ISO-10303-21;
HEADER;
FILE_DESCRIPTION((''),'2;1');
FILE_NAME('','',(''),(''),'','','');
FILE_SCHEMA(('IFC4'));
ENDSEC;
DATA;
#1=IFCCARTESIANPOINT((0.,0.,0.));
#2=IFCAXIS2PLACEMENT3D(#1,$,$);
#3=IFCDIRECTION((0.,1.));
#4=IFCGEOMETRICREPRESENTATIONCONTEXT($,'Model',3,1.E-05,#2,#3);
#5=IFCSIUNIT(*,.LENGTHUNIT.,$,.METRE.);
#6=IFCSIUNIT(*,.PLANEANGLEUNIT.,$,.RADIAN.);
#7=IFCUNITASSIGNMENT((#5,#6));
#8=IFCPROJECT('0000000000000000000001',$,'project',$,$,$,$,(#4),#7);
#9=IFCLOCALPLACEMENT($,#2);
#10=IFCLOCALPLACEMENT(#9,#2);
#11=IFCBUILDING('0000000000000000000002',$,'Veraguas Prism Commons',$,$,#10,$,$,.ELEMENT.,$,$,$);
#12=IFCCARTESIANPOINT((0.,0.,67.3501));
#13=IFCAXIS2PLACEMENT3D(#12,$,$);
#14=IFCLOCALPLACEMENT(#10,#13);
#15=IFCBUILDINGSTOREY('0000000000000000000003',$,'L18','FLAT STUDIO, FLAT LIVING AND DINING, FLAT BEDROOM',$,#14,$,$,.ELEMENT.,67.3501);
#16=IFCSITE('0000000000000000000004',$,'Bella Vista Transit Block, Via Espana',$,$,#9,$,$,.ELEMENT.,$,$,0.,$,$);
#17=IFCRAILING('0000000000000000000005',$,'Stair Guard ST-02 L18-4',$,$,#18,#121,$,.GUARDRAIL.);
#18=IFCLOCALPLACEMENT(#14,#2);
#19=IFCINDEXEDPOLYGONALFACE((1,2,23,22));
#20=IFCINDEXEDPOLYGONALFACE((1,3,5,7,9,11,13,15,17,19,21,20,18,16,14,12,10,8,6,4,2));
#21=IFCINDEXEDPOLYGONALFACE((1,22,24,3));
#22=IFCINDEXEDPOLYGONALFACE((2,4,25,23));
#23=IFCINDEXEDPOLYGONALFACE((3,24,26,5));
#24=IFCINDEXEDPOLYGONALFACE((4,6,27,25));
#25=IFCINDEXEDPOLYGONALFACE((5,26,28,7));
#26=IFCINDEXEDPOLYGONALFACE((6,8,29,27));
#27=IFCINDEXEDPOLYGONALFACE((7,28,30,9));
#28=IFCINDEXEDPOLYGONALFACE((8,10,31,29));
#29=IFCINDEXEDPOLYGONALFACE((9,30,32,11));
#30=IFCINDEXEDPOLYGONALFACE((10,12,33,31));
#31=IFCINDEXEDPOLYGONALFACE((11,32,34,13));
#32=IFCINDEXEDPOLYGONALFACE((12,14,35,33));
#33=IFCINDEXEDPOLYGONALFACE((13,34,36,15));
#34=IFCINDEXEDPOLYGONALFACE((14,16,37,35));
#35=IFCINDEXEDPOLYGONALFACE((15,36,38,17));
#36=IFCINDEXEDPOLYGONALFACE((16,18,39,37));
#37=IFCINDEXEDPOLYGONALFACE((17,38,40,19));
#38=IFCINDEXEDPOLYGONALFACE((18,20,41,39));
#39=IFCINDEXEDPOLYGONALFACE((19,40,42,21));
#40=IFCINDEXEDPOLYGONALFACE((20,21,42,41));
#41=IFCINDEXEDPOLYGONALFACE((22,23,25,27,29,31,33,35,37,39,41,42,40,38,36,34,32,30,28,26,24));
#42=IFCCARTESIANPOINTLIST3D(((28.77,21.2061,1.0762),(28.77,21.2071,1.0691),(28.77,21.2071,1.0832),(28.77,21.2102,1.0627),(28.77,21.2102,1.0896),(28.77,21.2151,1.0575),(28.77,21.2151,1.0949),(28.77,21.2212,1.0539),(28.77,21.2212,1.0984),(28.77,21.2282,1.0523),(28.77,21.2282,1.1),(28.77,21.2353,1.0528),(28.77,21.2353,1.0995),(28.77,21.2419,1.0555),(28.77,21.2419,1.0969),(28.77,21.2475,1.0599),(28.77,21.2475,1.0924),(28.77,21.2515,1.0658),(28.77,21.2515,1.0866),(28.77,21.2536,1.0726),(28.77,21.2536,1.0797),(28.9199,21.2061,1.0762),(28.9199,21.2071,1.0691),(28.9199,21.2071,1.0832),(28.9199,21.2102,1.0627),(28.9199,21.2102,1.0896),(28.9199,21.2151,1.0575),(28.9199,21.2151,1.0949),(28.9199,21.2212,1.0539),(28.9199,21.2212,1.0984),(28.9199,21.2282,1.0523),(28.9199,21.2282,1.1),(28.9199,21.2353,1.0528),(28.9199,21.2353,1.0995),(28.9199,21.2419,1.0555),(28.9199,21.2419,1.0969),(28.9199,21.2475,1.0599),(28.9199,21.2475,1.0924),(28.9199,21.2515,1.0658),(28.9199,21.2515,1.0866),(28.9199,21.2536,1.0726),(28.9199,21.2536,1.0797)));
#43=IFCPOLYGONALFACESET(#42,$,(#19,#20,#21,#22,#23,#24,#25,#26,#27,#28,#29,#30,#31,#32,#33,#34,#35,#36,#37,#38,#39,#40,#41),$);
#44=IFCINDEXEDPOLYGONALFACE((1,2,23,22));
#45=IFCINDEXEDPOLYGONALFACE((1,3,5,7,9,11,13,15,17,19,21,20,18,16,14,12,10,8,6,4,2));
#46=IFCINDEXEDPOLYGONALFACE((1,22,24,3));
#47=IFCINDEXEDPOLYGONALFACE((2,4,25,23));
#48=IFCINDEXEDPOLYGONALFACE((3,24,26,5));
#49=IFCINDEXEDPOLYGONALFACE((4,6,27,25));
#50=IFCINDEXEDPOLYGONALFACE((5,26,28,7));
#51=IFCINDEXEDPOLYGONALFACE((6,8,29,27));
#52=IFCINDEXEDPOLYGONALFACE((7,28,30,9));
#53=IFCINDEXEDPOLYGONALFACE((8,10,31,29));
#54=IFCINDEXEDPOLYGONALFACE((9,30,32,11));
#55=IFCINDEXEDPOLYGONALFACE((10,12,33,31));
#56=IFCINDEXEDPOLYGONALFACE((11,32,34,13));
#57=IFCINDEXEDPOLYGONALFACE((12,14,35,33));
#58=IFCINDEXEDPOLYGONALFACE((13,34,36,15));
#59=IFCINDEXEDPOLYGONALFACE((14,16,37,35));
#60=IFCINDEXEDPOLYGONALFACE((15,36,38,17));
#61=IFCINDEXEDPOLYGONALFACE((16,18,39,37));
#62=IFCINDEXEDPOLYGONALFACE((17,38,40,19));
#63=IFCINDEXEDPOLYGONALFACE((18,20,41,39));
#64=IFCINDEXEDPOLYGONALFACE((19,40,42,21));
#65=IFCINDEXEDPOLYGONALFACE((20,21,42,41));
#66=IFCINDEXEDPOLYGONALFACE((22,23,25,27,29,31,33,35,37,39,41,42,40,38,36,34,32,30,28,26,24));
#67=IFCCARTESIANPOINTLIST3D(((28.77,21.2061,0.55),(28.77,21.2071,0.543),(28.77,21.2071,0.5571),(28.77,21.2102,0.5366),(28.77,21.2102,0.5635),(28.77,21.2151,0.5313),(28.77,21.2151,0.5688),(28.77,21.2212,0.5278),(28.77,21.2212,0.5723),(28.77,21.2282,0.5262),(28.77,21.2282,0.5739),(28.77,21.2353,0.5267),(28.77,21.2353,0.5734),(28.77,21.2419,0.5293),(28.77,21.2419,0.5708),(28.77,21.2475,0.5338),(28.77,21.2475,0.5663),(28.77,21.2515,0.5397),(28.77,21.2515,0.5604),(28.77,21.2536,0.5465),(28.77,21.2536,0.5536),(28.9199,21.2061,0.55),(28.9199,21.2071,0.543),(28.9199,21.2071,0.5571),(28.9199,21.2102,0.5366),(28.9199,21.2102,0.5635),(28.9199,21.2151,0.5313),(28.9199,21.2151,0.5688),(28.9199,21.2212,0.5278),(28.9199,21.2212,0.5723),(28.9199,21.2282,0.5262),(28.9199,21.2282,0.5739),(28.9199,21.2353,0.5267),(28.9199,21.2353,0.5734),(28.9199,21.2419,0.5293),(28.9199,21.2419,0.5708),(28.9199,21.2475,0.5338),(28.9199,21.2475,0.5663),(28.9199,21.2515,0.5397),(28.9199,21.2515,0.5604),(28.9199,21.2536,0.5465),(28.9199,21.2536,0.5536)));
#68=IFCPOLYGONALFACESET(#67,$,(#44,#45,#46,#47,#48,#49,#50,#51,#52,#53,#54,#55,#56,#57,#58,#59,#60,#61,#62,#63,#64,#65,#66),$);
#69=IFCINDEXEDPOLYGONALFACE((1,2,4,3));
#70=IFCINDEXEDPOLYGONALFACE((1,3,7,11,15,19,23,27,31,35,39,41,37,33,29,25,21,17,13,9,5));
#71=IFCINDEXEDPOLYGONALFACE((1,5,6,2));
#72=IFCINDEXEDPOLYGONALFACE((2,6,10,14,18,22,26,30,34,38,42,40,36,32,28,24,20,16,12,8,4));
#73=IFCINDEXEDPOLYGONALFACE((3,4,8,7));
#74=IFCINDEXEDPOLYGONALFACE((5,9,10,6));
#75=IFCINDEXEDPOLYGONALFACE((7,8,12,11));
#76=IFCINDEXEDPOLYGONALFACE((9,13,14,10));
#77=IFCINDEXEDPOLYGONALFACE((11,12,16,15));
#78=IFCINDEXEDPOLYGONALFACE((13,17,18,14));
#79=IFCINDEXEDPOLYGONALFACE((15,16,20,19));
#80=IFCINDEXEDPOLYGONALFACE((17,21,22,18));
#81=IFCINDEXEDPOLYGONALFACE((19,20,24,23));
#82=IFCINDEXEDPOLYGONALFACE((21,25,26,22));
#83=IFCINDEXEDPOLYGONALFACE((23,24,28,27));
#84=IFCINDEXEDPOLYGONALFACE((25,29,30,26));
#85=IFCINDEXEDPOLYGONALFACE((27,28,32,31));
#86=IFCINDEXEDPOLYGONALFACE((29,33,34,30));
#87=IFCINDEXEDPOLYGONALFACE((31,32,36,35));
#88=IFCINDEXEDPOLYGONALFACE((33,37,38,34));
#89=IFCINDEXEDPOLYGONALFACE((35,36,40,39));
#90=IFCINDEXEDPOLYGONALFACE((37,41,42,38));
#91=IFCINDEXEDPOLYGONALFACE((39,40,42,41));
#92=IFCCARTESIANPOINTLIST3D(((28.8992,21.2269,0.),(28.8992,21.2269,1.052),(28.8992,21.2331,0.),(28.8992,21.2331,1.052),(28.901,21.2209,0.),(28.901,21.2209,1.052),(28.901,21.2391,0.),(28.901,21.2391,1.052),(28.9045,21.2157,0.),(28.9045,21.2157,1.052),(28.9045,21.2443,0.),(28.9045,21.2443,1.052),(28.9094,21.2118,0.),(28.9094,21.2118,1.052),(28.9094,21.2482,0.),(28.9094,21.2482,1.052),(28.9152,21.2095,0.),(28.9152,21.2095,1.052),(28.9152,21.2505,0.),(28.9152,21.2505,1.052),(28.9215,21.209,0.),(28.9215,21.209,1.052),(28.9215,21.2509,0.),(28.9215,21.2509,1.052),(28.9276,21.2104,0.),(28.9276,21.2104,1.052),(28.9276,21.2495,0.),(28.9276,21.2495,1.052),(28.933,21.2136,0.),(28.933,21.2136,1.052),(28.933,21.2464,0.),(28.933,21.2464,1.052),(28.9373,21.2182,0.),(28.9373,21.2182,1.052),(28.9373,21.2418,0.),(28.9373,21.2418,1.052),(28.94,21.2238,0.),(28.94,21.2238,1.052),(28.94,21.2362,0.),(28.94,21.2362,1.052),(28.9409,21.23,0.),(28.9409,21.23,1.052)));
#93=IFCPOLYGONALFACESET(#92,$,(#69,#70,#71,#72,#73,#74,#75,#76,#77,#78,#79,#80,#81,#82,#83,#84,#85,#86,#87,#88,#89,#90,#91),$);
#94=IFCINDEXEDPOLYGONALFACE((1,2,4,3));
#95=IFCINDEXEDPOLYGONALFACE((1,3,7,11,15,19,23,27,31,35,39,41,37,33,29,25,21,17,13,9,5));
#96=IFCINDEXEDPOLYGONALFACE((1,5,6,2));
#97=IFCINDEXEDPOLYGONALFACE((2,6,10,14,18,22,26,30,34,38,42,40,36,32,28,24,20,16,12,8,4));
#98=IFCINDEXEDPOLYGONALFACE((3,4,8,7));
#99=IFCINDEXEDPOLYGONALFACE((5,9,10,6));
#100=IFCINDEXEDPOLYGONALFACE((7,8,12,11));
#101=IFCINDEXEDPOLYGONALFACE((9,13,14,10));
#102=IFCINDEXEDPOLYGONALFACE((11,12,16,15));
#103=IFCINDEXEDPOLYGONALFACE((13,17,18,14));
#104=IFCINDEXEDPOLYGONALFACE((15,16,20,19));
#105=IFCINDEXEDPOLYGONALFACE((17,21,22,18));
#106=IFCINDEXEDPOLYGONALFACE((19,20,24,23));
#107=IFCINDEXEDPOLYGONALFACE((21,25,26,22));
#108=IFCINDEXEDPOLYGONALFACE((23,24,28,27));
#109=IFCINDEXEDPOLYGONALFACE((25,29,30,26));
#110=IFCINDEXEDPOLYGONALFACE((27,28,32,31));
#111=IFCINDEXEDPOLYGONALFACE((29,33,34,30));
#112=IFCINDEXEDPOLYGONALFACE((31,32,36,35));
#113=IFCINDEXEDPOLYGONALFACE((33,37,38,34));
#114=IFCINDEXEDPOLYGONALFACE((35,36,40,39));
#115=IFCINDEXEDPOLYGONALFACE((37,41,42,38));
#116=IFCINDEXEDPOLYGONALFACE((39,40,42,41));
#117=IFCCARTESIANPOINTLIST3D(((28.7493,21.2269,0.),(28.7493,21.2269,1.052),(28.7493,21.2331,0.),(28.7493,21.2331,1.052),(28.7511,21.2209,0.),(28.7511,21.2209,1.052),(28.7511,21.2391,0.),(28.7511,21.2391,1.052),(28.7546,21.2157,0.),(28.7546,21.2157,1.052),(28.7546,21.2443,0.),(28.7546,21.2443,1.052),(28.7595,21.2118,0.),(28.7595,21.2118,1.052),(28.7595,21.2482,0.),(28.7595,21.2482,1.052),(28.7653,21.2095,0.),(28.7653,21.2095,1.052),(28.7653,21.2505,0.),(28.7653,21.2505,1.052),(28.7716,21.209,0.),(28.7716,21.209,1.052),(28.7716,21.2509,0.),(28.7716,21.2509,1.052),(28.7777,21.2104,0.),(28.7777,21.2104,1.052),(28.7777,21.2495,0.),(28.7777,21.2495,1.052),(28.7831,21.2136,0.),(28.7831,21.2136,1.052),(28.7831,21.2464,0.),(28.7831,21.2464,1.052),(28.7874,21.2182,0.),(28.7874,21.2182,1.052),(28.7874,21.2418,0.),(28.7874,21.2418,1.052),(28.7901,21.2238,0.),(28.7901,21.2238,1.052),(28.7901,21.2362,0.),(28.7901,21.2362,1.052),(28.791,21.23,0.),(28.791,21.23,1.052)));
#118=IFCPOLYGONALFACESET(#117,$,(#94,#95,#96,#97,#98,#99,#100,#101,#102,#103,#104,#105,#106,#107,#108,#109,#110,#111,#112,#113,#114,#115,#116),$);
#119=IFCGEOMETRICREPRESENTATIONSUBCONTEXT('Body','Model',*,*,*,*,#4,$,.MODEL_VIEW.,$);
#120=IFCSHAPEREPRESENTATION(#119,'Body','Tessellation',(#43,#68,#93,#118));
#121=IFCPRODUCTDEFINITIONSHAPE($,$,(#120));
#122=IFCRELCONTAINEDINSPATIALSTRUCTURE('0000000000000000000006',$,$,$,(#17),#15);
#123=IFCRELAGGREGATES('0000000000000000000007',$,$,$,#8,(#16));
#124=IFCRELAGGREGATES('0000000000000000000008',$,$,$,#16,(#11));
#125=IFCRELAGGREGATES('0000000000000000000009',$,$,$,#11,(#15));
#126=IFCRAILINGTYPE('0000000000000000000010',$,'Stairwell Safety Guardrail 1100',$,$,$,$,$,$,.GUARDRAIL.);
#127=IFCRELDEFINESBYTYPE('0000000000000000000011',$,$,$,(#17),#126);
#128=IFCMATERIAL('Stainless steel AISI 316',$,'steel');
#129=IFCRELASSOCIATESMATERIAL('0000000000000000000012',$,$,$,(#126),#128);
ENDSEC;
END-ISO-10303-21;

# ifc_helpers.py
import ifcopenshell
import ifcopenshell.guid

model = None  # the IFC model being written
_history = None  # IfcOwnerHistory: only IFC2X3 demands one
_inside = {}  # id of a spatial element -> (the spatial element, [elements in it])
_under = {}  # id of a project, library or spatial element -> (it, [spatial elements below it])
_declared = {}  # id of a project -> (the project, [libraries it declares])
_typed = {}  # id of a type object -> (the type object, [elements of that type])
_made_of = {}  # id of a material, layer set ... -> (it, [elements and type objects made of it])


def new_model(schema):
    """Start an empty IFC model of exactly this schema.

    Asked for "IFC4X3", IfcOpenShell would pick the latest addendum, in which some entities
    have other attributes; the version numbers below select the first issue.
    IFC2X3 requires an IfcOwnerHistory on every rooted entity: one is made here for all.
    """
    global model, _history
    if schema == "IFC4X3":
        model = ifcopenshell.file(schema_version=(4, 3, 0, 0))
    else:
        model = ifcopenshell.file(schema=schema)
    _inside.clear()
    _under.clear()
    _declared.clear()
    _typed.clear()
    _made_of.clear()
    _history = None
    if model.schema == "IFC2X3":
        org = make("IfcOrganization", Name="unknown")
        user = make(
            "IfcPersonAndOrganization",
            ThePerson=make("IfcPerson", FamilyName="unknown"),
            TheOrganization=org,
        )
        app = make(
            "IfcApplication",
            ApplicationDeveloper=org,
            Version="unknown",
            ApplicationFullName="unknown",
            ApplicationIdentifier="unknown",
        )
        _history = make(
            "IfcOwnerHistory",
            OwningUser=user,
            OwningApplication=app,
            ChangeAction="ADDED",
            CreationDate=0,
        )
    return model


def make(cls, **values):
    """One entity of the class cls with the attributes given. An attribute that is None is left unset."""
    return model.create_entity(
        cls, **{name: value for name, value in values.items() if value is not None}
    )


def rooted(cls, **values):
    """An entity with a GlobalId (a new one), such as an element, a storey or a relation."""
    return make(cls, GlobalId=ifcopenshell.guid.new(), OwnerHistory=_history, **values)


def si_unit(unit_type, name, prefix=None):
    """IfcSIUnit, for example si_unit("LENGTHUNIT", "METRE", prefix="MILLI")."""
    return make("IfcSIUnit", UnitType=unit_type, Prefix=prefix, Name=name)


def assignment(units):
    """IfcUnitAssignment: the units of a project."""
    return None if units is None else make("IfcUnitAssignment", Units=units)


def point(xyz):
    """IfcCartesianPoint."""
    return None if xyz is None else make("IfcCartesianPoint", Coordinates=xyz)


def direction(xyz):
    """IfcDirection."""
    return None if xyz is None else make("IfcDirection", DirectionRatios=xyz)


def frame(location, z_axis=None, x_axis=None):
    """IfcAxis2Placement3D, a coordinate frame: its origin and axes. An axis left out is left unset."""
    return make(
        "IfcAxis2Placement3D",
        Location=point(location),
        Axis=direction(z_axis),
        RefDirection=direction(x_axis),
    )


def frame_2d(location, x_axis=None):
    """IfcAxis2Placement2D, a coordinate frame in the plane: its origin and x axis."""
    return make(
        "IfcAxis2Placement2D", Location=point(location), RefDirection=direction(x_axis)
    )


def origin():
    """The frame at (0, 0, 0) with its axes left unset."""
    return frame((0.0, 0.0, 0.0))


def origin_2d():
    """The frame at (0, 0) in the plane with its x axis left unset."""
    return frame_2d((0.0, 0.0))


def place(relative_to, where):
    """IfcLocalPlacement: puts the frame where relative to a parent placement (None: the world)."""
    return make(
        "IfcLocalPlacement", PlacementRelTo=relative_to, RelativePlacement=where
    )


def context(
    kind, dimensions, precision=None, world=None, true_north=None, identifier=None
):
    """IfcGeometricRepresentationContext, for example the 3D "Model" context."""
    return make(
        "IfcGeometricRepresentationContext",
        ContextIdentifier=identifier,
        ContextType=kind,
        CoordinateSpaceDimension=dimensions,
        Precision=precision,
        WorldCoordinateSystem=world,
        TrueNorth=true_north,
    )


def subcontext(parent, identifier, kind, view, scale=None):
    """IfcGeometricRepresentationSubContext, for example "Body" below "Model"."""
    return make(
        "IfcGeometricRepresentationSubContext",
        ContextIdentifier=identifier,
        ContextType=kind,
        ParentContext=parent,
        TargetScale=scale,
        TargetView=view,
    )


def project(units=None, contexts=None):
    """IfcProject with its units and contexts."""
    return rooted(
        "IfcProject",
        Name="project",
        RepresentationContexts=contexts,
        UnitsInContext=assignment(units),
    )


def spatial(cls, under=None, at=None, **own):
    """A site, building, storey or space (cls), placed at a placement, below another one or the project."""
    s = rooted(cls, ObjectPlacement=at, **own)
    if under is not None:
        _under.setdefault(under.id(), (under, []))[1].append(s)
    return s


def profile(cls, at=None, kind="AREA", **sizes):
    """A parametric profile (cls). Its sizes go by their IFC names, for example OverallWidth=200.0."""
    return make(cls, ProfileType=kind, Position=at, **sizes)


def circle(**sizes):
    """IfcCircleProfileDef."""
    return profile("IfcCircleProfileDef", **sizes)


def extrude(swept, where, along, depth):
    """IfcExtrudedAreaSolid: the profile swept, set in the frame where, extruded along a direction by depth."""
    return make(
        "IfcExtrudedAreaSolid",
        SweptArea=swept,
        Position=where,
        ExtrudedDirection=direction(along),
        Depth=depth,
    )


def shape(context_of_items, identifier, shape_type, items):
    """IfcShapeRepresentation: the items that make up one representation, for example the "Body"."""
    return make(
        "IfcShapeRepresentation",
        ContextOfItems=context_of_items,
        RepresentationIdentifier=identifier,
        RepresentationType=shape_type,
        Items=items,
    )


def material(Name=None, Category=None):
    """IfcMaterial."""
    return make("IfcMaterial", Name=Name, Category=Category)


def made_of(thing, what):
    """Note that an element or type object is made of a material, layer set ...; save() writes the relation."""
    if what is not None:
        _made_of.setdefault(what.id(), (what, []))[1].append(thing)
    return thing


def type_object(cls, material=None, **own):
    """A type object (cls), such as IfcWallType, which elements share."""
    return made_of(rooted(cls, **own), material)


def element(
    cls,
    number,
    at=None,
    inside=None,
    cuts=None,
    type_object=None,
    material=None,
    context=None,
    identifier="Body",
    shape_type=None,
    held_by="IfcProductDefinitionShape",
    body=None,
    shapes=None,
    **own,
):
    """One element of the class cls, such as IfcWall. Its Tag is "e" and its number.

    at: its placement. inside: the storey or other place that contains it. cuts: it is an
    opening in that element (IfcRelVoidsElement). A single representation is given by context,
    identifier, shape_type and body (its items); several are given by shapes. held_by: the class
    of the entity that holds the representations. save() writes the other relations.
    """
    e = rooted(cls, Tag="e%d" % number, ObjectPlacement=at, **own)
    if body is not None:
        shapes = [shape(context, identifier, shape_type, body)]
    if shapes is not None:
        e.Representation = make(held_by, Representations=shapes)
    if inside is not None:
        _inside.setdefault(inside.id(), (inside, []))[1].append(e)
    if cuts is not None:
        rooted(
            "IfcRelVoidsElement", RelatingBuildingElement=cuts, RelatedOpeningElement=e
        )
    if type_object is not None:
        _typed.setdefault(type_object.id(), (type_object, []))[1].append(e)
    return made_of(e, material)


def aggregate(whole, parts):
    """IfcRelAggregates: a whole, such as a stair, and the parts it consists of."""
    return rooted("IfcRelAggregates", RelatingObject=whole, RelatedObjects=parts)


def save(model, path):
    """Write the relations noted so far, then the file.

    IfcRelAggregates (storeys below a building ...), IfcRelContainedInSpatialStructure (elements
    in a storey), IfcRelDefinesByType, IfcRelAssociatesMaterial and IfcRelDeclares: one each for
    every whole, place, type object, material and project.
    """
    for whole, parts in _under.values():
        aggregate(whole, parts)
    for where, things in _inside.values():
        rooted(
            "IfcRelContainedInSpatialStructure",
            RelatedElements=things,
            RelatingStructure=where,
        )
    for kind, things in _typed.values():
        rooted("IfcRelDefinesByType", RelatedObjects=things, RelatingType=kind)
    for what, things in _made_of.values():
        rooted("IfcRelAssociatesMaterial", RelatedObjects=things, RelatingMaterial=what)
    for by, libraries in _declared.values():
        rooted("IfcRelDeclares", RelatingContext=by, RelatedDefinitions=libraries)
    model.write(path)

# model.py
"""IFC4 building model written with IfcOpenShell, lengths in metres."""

from ifc_helpers import new_model, si_unit, direction, frame, origin, origin_2d, place, context, subcontext, project, spatial, circle, extrude, material, type_object, element, save


model = new_model("IFC4")

# Units and contexts
model_context = context("Model", 3, precision=1e-05, world=origin(), true_north=direction((0.0, 1.0)))
body_context = subcontext(model_context, "Body", "Model", "MODEL_VIEW")
ifc_project = project(units=[si_unit("LENGTHUNIT", "METRE"), si_unit("PLANEANGLEUNIT", "RADIAN")], contexts=[model_context])

# Site, building, storey
site_placement = place(None, origin())
site = spatial("IfcSite", under=ifc_project, at=site_placement, Name="Bella Vista Transit Block, Via Espana", CompositionType="ELEMENT", RefElevation=0.0)
building_placement = place(site_placement, origin())
building = spatial("IfcBuilding", under=site, at=building_placement, Name="Veraguas Prism Commons", CompositionType="ELEMENT")
storey_placement = place(building_placement, frame((0.0, 0.0, 67.3501)))
storey = spatial("IfcBuildingStorey", under=building, at=storey_placement, Name="L18", Description="FLAT STUDIO, FLAT LIVING AND DINING, FLAT BEDROOM", CompositionType="ELEMENT", Elevation=67.3501)

# Shared definitions
ifc_material_1 = material(Name="Stainless steel AISI 316", Category="steel")

# Railing
railing_type_1 = type_object("IfcRailingType", Name="Stairwell Safety Guardrail 1100", PredefinedType="GUARDRAIL", material=ifc_material_1)
railing_1_placement = place(storey_placement, frame((28.9199, 21.23, 0.0)))
element("IfcRailing", 1, at=railing_1_placement, inside=storey, type_object=railing_type_1, Name="Stair Guard ST-02 L18-4", PredefinedType="GUARDRAIL", context=body_context, shape_type="SweptSolid", body=[
    extrude(circle(Radius=0.0239, at=origin_2d()), frame((0.0, 0.0, 1.0762), z_axis=(-1.0, 0.0, 0.0), x_axis=(0.0, -1.0, 0.0)), (0.0, 0.0, 1.0), 0.1499),
    extrude(circle(Radius=0.0239, at=origin_2d()), frame((0.0, 0.0, 0.55), z_axis=(-1.0, 0.0, 0.0), x_axis=(0.0, -1.0, 0.0)), (0.0, 0.0, 1.0), 0.1499),
    extrude(circle(Radius=0.021, at=origin_2d()), origin(), (0.0, 0.0, 1.0), 1.052),
    extrude(circle(Radius=0.021, at=origin_2d()), frame((-0.1499, 0.0, 0.0)), (0.0, 0.0, 1.0), 1.052),
])

save(model, "model.ifc")
